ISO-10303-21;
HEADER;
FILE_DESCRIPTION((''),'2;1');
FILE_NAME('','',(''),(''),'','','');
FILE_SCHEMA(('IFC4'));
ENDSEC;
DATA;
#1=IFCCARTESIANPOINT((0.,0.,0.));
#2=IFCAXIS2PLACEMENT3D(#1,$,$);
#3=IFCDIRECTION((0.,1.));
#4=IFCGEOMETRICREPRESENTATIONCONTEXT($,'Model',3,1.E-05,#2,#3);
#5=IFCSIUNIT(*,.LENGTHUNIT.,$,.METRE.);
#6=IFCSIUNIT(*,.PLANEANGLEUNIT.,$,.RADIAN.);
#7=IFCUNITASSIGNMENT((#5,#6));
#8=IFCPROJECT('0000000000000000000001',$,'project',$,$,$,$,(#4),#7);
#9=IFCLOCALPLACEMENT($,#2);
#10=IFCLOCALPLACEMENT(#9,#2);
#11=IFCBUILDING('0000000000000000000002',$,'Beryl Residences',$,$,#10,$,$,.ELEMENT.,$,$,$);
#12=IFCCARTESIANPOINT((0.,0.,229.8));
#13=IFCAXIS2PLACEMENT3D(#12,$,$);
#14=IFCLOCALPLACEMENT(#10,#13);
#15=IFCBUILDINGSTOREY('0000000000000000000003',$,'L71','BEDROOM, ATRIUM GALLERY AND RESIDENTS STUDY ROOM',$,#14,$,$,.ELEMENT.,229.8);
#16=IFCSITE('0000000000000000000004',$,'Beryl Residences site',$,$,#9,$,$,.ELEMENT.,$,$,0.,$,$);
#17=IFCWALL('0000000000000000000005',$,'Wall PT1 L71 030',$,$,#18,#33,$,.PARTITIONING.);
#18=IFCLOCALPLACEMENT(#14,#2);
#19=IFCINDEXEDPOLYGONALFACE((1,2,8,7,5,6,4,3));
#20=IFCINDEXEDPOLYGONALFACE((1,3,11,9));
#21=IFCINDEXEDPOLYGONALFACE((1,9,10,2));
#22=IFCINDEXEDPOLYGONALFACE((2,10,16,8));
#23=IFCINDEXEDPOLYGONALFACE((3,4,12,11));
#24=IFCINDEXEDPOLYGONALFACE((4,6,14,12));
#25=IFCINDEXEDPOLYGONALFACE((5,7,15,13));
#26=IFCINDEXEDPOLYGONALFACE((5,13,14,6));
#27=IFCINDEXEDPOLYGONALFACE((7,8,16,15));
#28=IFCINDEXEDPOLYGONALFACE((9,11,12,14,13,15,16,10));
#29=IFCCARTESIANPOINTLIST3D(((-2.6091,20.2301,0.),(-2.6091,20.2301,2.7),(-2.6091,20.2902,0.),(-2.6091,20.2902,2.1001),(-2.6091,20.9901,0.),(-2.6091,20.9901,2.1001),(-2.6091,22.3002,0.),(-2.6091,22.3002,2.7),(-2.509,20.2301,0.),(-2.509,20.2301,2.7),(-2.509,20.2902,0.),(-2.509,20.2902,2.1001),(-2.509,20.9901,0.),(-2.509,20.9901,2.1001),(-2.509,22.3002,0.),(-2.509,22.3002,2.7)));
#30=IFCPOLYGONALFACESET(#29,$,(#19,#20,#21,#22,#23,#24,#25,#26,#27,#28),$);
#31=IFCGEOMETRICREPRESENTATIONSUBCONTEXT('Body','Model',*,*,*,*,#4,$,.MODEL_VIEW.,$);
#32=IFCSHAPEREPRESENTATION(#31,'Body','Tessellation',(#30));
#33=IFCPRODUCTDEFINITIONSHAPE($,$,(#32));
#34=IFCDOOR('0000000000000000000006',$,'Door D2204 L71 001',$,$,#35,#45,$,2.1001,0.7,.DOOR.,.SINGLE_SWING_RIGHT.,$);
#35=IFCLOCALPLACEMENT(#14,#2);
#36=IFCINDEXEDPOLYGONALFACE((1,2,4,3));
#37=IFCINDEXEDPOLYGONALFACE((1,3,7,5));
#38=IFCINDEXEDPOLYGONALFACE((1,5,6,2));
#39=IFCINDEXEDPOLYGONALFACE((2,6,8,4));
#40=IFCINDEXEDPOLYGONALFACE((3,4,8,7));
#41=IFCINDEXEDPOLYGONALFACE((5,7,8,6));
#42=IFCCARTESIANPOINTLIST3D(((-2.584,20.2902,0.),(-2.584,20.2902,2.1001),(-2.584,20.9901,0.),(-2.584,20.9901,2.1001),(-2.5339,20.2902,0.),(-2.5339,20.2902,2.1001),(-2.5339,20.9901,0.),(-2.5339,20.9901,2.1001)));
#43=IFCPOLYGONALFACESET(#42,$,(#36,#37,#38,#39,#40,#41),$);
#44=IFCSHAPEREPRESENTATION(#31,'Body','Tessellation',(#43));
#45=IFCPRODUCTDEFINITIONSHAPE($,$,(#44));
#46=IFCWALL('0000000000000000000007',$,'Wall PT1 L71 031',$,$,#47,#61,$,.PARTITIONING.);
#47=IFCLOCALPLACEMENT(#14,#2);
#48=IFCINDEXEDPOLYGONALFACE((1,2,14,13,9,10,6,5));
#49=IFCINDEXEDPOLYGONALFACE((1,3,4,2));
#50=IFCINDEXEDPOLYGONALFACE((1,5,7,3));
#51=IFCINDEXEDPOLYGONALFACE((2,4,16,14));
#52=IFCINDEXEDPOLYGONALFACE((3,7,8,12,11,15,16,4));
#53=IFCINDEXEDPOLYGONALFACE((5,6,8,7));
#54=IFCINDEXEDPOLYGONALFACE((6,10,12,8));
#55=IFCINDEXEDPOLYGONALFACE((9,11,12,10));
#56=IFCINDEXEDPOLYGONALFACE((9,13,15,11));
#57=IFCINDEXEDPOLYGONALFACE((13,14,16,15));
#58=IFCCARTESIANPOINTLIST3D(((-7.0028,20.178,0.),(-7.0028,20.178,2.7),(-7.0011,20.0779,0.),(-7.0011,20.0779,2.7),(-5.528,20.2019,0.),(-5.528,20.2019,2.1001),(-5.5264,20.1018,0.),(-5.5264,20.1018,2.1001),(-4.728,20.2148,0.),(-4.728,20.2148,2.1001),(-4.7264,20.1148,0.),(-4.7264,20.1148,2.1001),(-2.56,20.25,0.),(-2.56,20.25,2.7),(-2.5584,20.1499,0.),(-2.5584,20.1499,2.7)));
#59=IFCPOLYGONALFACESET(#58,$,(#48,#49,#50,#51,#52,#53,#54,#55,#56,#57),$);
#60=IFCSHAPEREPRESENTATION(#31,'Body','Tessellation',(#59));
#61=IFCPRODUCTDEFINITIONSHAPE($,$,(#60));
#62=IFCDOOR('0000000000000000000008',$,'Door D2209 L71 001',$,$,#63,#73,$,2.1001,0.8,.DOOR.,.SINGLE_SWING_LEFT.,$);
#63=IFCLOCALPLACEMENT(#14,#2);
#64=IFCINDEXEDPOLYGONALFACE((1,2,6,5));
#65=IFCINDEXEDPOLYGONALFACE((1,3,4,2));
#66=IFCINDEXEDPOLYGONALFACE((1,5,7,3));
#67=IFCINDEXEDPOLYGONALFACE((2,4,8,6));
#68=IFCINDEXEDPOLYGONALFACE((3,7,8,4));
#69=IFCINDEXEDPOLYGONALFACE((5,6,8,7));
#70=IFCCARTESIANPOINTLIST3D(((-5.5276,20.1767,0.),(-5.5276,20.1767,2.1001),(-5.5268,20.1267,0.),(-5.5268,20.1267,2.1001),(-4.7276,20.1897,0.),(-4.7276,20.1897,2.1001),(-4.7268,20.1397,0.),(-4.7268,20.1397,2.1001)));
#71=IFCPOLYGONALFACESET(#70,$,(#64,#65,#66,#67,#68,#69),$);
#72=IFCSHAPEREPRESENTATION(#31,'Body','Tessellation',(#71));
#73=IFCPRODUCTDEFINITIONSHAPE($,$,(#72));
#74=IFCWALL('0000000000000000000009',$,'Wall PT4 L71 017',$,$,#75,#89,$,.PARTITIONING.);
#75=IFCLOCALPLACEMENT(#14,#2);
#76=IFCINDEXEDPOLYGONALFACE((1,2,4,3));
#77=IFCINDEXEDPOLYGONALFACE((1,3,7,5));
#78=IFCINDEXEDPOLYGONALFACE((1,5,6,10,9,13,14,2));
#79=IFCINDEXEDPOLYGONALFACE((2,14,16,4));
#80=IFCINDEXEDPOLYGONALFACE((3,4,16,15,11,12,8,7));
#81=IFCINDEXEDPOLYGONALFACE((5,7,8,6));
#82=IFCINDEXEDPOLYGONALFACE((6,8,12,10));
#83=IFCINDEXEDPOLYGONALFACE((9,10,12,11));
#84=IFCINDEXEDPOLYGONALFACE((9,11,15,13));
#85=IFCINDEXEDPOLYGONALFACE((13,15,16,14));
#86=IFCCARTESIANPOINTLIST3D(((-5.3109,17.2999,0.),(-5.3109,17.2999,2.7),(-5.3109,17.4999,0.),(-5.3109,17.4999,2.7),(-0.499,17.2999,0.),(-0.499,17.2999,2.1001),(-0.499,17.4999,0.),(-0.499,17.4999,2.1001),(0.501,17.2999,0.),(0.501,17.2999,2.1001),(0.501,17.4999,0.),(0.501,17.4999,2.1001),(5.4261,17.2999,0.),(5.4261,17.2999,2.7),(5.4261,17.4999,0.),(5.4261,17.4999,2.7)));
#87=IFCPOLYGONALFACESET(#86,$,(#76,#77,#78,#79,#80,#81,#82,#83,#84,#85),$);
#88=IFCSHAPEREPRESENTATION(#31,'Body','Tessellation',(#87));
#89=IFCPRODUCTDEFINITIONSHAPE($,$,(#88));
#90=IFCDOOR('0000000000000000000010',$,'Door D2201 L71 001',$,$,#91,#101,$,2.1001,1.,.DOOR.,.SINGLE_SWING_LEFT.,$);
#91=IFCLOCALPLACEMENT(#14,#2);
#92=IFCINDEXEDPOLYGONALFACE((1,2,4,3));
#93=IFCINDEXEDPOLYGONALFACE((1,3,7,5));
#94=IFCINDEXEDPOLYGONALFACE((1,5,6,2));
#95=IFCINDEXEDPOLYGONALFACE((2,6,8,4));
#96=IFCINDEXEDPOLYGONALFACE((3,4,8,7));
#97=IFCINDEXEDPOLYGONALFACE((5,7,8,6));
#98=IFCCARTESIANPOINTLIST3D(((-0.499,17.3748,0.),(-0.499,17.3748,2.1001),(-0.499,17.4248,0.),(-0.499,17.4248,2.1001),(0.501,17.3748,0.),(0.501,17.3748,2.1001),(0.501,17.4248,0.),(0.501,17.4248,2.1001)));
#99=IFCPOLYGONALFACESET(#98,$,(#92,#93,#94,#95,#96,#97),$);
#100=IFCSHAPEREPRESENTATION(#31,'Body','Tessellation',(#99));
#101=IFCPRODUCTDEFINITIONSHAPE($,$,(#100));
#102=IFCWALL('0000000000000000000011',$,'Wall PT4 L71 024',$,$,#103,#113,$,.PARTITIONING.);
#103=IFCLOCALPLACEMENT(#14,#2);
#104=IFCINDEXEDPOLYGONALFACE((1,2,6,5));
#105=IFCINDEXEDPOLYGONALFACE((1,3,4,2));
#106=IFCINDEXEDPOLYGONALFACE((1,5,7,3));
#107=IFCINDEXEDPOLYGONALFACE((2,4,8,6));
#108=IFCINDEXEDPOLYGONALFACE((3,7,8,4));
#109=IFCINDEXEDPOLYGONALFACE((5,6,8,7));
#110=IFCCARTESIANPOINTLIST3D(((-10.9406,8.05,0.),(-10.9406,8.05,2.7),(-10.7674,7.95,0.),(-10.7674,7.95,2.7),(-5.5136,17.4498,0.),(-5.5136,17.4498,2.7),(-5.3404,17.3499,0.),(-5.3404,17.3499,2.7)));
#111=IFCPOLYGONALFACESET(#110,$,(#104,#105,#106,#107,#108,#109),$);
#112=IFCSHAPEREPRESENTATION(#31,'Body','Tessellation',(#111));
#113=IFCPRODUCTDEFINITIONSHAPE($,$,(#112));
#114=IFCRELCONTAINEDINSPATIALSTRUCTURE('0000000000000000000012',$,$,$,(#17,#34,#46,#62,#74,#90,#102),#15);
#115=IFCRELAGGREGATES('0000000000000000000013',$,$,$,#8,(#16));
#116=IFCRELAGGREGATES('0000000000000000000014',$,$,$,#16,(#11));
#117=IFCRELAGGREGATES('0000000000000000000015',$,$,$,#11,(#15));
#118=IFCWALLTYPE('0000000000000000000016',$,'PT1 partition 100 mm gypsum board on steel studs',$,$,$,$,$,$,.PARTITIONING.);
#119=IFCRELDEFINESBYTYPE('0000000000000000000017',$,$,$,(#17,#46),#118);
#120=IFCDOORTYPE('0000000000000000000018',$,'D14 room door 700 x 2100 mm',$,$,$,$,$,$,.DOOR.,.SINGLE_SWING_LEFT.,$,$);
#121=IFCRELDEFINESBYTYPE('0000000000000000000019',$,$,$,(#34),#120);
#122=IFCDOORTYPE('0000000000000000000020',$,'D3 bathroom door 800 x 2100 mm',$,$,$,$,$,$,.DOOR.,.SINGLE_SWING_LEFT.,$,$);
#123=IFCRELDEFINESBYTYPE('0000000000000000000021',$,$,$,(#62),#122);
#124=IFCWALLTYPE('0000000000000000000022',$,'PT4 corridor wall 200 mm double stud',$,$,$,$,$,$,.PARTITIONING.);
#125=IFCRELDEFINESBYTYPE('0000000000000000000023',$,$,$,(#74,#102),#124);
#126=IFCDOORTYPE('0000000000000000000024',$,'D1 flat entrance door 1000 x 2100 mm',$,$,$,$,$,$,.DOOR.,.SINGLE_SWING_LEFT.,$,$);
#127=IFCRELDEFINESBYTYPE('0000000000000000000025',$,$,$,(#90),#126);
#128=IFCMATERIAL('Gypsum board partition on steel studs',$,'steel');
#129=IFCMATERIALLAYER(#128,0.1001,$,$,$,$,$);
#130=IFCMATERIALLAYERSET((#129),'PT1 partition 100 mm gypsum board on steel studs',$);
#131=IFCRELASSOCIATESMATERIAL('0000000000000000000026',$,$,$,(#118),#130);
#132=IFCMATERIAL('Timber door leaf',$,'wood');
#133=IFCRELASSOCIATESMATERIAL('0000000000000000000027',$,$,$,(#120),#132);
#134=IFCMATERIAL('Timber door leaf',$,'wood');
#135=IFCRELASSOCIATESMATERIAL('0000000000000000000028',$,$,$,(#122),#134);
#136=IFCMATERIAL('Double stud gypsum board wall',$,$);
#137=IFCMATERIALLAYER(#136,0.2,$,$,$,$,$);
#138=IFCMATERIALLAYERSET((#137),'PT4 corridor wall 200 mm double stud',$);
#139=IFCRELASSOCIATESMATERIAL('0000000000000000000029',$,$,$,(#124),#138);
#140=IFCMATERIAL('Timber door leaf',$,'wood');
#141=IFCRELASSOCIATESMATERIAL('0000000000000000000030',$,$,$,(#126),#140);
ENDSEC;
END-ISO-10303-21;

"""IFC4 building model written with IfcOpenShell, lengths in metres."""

from ifc_helpers import new_model, si_unit, direction, frame, frame_2d, origin, place, context, subcontext, project, spatial, rectangle, extrude, material, layer, layer_set, type_object, element, fill, save


model = new_model("IFC4")

# Units and contexts
model_context = context("Model", 3, precision=1e-05, world=origin(), true_north=direction((0.0, 1.0)))
body_context = subcontext(model_context, "Body", "Model", "MODEL_VIEW")
ifc_project = project(units=[si_unit("LENGTHUNIT", "METRE"), si_unit("PLANEANGLEUNIT", "RADIAN")], contexts=[model_context])

# Site, building, storey
site_placement = place(None, origin())
site = spatial("IfcSite", under=ifc_project, at=site_placement, Name="Beryl Residences site", CompositionType="ELEMENT", RefElevation=0.0)
building_placement = place(site_placement, origin())
building = spatial("IfcBuilding", under=site, at=building_placement, Name="Beryl Residences", CompositionType="ELEMENT")
storey_placement = place(building_placement, frame((0.0, 0.0, 229.8)))
storey = spatial("IfcBuildingStorey", under=building, at=storey_placement, Name="L71", Description="BEDROOM, ATRIUM GALLERY AND RESIDENTS STUDY ROOM", CompositionType="ELEMENT", Elevation=229.8)

# Shared definitions
ifc_material_1 = material(Name="Gypsum board partition on steel studs", Category="steel")
ifc_layer_1 = layer(ifc_material_1, 0.1001)
ifc_layer_set_1 = layer_set([ifc_layer_1], Name="PT1 partition 100 mm gypsum board on steel studs")
wall_type_1 = type_object("IfcWallType", Name="PT1 partition 100 mm gypsum board on steel studs", PredefinedType="PARTITIONING", material=ifc_layer_set_1)

# Walls, openings, doors
wall_1_placement = place(storey_placement, frame((-2.5591, 20.23, 0.0), z_axis=(0.0, 0.0, 1.0), x_axis=(0.0, 1.0, 0.0)))
wall_1 = element("IfcWall", 1, at=wall_1_placement, inside=storey, type_object=wall_type_1, Name="Wall PT1 L71 030", PredefinedType="PARTITIONING", context=body_context, shape_type="SweptSolid", body=[
    extrude(rectangle(XDim=2.0701, YDim=0.1001, at=frame_2d((1.0352, 0.0))), origin(), (0.0, 0.0, 1.0), 2.7),
])
opening_1_placement = place(wall_1_placement, frame((0.0601, 0.0, 0.0)))
opening_1 = element("IfcOpeningElement", 2, at=opening_1_placement, cuts=wall_1, PredefinedType="OPENING", context=body_context, shape_type="SweptSolid", body=[
    extrude(rectangle(XDim=0.7, YDim=2.1001, at=frame_2d((0.3501, 1.05))), frame((0.0, 0.0601, 0.0), z_axis=(0.0, -1.0, 0.0), x_axis=(1.0, 0.0, 0.0)), (0.0, 0.0, 1.0), 0.1201),
])
ifc_material_2 = material(Name="Timber door leaf", Category="wood")
door_type_1 = type_object("IfcDoorType", Name="D14 room door 700 x 2100 mm", OperationType="SINGLE_SWING_LEFT", PredefinedType="DOOR", material=ifc_material_2)
door_1_placement = place(opening_1_placement, origin())
door_1 = element("IfcDoor", 3, at=door_1_placement, inside=storey, type_object=door_type_1, Name="Door D2204 L71 001", OperationType="SINGLE_SWING_RIGHT", OverallHeight=2.1001, OverallWidth=0.7, PredefinedType="DOOR", context=body_context, shape_type="SweptSolid", body=[
    extrude(rectangle(XDim=0.7, YDim=2.1001, at=frame_2d((0.3501, 1.05))), frame((0.0, 0.0249, 0.0), z_axis=(0.0, -1.0, 0.0), x_axis=(1.0, 0.0, 0.0)), (0.0, 0.0, 1.0), 0.05),
])
fill(opening_1, door_1)
wall_2_placement = place(storey_placement, frame((-7.002, 20.1279, 0.0), z_axis=(0.0, 0.0, 1.0), x_axis=(0.999869, 0.016208, 0.0)))
wall_2 = element("IfcWall", 4, at=wall_2_placement, inside=storey, type_object=wall_type_1, Name="Wall PT1 L71 031", PredefinedType="PARTITIONING", context=body_context, shape_type="SweptSolid", body=[
    extrude(rectangle(XDim=4.4434, YDim=0.1001, at=frame_2d((2.2217, 0.0))), origin(), (0.0, 0.0, 1.0), 2.7),
])
opening_2_placement = place(wall_2_placement, frame((1.4751, 0.0, 0.0)))
opening_2 = element("IfcOpeningElement", 5, at=opening_2_placement, cuts=wall_2, PredefinedType="OPENING", context=body_context, shape_type="SweptSolid", body=[
    extrude(rectangle(XDim=0.8, YDim=2.1001, at=frame_2d((0.3999, 1.05))), frame((0.0, 0.0601, 0.0), z_axis=(0.0, -1.0, 0.0), x_axis=(1.0, 0.0, 0.0)), (0.0, 0.0, 1.0), 0.1201),
])
ifc_material_3 = material(Name="Timber door leaf", Category="wood")
door_type_2 = type_object("IfcDoorType", Name="D3 bathroom door 800 x 2100 mm", OperationType="SINGLE_SWING_LEFT", PredefinedType="DOOR", material=ifc_material_3)
door_2_placement = place(opening_2_placement, origin())
door_2 = element("IfcDoor", 6, at=door_2_placement, inside=storey, type_object=door_type_2, Name="Door D2209 L71 001", OperationType="SINGLE_SWING_LEFT", OverallHeight=2.1001, OverallWidth=0.8, PredefinedType="DOOR", context=body_context, shape_type="SweptSolid", body=[
    extrude(rectangle(XDim=0.8, YDim=2.1001, at=frame_2d((0.3999, 1.05))), frame((0.0, 0.0249, 0.0), z_axis=(0.0, -1.0, 0.0), x_axis=(1.0, 0.0, 0.0)), (0.0, 0.0, 1.0), 0.05),
])
fill(opening_2, door_2)
ifc_material_4 = material(Name="Double stud gypsum board wall")
ifc_layer_2 = layer(ifc_material_4, 0.2)
ifc_layer_set_2 = layer_set([ifc_layer_2], Name="PT4 corridor wall 200 mm double stud")
wall_type_2 = type_object("IfcWallType", Name="PT4 corridor wall 200 mm double stud", PredefinedType="PARTITIONING", material=ifc_layer_set_2)
wall_3_placement = place(storey_placement, frame((-5.311, 17.3999, 0.0), z_axis=(0.0, 0.0, 1.0), x_axis=(1.0, 0.0, 0.0)))
wall_3 = element("IfcWall", 7, at=wall_3_placement, inside=storey, type_object=wall_type_2, Name="Wall PT4 L71 017", PredefinedType="PARTITIONING", context=body_context, shape_type="SweptSolid", body=[
    extrude(rectangle(XDim=10.7371, YDim=0.2, at=frame_2d((5.3687, 0.0))), origin(), (0.0, 0.0, 1.0), 2.7),
])
opening_3_placement = place(wall_3_placement, frame((4.812, 0.0, 0.0)))
opening_3 = element("IfcOpeningElement", 8, at=opening_3_placement, cuts=wall_3, PredefinedType="OPENING", context=body_context, shape_type="SweptSolid", body=[
    extrude(rectangle(XDim=1.0, YDim=2.1001, at=frame_2d((0.5, 1.05))), frame((0.0, 0.1099, 0.0), z_axis=(0.0, -1.0, 0.0), x_axis=(1.0, 0.0, 0.0)), (0.0, 0.0, 1.0), 0.22),
])
ifc_material_5 = material(Name="Timber door leaf", Category="wood")
door_type_3 = type_object("IfcDoorType", Name="D1 flat entrance door 1000 x 2100 mm", OperationType="SINGLE_SWING_LEFT", PredefinedType="DOOR", material=ifc_material_5)
door_3_placement = place(opening_3_placement, origin())
door_3 = element("IfcDoor", 9, at=door_3_placement, inside=storey, type_object=door_type_3, Name="Door D2201 L71 001", OperationType="SINGLE_SWING_LEFT", OverallHeight=2.1001, OverallWidth=1.0, PredefinedType="DOOR", context=body_context, shape_type="SweptSolid", body=[
    extrude(rectangle(XDim=1.0, YDim=2.1001, at=frame_2d((0.5, 1.05))), frame((0.0, 0.0249, 0.0), z_axis=(0.0, -1.0, 0.0), x_axis=(1.0, 0.0, 0.0)), (0.0, 0.0, 1.0), 0.05),
])
fill(opening_3, door_3)

# Wall
wall_4_placement = place(storey_placement, frame((-10.854, 8.0, 0.0), z_axis=(0.0, 0.0, 1.0), x_axis=(0.499998, 0.866027, 0.0)))
element("IfcWall", 10, at=wall_4_placement, inside=storey, type_object=wall_type_2, Name="Wall PT4 L71 024", PredefinedType="PARTITIONING", context=body_context, shape_type="SweptSolid", body=[
    extrude(rectangle(XDim=10.854, YDim=0.2, at=frame_2d((5.427, 0.0))), origin(), (0.0, 0.0, 1.0), 2.7),
])

save(model, "model.ifc")
